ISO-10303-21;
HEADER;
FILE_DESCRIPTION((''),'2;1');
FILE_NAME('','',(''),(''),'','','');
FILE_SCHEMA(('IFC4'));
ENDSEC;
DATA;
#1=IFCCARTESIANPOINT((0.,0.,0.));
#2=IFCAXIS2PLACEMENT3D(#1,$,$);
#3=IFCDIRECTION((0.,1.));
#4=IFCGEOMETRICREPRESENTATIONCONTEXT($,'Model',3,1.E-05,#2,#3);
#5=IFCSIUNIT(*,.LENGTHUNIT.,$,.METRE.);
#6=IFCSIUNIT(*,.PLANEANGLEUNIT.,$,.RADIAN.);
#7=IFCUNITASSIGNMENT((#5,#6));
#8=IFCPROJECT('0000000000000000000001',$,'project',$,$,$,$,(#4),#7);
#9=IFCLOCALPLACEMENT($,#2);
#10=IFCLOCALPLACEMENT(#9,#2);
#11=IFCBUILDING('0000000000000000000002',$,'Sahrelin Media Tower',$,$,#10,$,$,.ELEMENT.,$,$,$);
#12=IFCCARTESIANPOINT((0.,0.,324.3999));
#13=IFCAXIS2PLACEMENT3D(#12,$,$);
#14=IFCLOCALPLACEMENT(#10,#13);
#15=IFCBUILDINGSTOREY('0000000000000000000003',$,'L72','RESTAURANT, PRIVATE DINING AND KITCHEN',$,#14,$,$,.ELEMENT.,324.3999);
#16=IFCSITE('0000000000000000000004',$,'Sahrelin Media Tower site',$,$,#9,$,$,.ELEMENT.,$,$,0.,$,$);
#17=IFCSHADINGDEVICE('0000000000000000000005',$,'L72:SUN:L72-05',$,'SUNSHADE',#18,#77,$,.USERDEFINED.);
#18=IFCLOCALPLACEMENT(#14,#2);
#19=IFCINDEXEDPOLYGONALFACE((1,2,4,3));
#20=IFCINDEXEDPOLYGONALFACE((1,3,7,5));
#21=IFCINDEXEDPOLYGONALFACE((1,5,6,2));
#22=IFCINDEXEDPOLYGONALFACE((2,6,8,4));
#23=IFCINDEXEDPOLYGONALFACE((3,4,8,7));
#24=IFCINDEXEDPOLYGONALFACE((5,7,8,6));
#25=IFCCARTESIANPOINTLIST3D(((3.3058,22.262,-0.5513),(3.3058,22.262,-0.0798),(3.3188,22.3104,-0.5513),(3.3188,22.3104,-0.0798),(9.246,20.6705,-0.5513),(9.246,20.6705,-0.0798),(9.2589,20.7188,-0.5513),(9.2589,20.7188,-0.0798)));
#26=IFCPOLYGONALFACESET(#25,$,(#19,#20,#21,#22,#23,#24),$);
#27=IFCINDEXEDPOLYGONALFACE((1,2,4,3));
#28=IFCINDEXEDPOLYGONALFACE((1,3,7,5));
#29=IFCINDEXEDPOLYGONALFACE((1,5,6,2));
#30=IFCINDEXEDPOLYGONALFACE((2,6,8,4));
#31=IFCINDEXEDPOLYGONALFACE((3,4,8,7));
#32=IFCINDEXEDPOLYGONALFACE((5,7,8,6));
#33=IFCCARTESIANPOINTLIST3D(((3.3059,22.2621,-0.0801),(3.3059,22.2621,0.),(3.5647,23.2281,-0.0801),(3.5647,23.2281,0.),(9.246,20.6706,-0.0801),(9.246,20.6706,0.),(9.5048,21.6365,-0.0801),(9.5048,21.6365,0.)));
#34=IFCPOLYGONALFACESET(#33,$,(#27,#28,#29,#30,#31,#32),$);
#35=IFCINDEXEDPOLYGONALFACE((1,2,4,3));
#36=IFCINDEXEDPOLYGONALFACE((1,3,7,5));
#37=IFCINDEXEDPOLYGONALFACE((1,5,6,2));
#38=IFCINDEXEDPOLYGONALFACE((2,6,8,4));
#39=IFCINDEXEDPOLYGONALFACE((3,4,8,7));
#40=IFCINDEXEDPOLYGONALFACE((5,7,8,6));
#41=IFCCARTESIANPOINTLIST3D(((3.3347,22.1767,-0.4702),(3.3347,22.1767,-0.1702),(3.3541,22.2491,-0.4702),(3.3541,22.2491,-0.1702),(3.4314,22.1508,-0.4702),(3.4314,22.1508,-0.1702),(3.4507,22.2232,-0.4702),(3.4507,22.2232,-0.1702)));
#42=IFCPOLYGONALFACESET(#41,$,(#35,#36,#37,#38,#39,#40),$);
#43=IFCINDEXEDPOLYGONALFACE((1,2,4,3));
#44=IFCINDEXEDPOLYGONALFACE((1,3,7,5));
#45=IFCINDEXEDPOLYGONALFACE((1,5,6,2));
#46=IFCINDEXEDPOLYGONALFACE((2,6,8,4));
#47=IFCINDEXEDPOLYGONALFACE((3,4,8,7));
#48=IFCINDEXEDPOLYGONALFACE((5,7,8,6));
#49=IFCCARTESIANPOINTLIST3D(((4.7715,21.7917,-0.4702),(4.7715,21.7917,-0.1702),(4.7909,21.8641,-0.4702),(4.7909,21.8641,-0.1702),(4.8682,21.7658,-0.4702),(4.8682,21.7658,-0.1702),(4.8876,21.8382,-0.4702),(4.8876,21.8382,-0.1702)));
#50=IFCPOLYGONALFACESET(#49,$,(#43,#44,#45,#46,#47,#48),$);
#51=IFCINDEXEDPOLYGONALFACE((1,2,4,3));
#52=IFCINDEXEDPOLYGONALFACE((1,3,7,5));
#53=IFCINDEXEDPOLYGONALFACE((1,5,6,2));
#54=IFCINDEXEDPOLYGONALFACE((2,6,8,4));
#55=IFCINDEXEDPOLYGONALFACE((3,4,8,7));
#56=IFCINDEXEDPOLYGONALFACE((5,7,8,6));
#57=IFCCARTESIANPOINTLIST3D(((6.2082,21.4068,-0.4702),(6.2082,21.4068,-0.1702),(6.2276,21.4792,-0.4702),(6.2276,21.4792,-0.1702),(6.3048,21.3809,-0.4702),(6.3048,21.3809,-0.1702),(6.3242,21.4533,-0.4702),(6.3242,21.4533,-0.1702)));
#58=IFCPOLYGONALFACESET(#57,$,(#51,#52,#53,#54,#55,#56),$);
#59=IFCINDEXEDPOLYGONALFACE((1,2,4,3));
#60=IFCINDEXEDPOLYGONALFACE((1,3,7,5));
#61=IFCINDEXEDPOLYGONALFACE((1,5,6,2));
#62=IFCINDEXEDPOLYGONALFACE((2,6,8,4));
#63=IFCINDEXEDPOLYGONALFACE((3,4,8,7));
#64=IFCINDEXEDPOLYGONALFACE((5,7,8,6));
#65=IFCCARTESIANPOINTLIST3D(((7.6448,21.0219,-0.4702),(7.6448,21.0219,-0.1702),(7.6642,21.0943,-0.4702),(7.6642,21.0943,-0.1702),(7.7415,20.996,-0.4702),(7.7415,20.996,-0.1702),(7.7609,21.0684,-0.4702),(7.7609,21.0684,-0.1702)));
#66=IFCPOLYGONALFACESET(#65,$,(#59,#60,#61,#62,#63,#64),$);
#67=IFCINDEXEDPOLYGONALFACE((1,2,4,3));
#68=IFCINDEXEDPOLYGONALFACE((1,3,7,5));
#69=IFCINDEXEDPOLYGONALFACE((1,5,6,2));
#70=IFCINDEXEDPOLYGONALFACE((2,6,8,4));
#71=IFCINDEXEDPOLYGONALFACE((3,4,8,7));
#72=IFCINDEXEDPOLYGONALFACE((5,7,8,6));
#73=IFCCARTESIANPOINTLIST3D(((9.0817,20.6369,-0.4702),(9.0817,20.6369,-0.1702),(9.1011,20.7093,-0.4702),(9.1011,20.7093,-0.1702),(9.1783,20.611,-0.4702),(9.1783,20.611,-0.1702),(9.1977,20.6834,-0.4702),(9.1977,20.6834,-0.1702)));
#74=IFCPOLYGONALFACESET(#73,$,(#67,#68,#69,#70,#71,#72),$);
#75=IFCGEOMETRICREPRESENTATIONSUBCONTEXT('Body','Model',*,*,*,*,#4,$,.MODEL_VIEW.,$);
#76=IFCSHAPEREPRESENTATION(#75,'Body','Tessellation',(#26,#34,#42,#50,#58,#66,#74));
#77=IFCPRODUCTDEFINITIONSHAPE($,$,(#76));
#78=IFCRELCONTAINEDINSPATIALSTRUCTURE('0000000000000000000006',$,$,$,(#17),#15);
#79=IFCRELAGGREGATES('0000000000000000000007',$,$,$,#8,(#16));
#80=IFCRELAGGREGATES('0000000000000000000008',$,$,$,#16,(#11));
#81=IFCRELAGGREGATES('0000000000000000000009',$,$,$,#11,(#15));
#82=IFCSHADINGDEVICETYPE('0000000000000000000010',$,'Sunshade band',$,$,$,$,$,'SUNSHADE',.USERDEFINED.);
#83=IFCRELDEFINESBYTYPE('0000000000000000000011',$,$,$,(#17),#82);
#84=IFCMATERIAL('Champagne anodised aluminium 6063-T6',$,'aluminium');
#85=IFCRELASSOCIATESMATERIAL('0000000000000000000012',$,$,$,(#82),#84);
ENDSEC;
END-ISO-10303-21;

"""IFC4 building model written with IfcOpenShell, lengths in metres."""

from ifc_helpers import new_model, si_unit, direction, frame, origin, origin_2d, place, context, subcontext, project, spatial, rectangle, extrude, material, type_object, element, save


model = new_model("IFC4")

# Units and contexts
model_context = context("Model", 3, precision=1e-05, world=origin(), true_north=direction((0.0, 1.0)))
body_context = subcontext(model_context, "Body", "Model", "MODEL_VIEW")
ifc_project = project(units=[si_unit("LENGTHUNIT", "METRE"), si_unit("PLANEANGLEUNIT", "RADIAN")], contexts=[model_context])

# Site, building, storey
site_placement = place(None, origin())
site = spatial("IfcSite", under=ifc_project, at=site_placement, Name="Sahrelin Media Tower site", CompositionType="ELEMENT", RefElevation=0.0)
building_placement = place(site_placement, origin())
building = spatial("IfcBuilding", under=site, at=building_placement, Name="Sahrelin Media Tower", CompositionType="ELEMENT")
storey_placement = place(building_placement, frame((0.0, 0.0, 324.3999)))
storey = spatial("IfcBuildingStorey", under=building, at=storey_placement, Name="L72", Description="RESTAURANT, PRIVATE DINING AND KITCHEN", CompositionType="ELEMENT", Elevation=324.3999)

# Shared definitions
ifc_material_1 = material(Name="Champagne anodised aluminium 6063-T6", Category="aluminium")

# Shared definitions
placement = place(storey_placement, frame((6.2708, 21.447, 0.0), z_axis=(0.0, 0.0, 1.0), x_axis=(0.965929, -0.258808, 0.0)))

# Shading device
shading_device_type_1 = type_object("IfcShadingDeviceType", Name="Sunshade band", ElementType="SUNSHADE", PredefinedType="USERDEFINED", material=ifc_material_1)
element("IfcShadingDevice", 1, at=placement, inside=storey, type_object=shading_device_type_1, Name="L72:SUN:L72-05", ObjectType="SUNSHADE", PredefinedType="USERDEFINED", context=body_context, shape_type="SweptSolid", body=[
    extrude(rectangle(XDim=6.1497, YDim=0.05, at=origin_2d()), frame((0.0, 0.0449, -0.5513)), (0.0, 0.0, 1.0), 0.4714),
    extrude(rectangle(XDim=6.1497, YDim=1.0, at=origin_2d()), frame((0.0, 0.52, -0.0801)), (0.0, 0.0, 1.0), 0.0801),
    extrude(rectangle(XDim=0.1001, YDim=0.075, at=origin_2d()), frame((-2.9749, -0.0176, -0.4702)), (0.0, 0.0, 1.0), 0.3),
    extrude(rectangle(XDim=0.1001, YDim=0.075, at=origin_2d()), frame((-1.4873, -0.0176, -0.4702)), (0.0, 0.0, 1.0), 0.3),
    extrude(rectangle(XDim=0.1001, YDim=0.075, at=origin_2d()), frame((0.0, -0.0176, -0.4702)), (0.0, 0.0, 1.0), 0.3),
    extrude(rectangle(XDim=0.1001, YDim=0.075, at=origin_2d()), frame((1.4873, -0.0176, -0.4702)), (0.0, 0.0, 1.0), 0.3),
    extrude(rectangle(XDim=0.1001, YDim=0.075, at=origin_2d()), frame((2.9749, -0.0176, -0.4702)), (0.0, 0.0, 1.0), 0.3),
])

save(model, "model.ifc")
